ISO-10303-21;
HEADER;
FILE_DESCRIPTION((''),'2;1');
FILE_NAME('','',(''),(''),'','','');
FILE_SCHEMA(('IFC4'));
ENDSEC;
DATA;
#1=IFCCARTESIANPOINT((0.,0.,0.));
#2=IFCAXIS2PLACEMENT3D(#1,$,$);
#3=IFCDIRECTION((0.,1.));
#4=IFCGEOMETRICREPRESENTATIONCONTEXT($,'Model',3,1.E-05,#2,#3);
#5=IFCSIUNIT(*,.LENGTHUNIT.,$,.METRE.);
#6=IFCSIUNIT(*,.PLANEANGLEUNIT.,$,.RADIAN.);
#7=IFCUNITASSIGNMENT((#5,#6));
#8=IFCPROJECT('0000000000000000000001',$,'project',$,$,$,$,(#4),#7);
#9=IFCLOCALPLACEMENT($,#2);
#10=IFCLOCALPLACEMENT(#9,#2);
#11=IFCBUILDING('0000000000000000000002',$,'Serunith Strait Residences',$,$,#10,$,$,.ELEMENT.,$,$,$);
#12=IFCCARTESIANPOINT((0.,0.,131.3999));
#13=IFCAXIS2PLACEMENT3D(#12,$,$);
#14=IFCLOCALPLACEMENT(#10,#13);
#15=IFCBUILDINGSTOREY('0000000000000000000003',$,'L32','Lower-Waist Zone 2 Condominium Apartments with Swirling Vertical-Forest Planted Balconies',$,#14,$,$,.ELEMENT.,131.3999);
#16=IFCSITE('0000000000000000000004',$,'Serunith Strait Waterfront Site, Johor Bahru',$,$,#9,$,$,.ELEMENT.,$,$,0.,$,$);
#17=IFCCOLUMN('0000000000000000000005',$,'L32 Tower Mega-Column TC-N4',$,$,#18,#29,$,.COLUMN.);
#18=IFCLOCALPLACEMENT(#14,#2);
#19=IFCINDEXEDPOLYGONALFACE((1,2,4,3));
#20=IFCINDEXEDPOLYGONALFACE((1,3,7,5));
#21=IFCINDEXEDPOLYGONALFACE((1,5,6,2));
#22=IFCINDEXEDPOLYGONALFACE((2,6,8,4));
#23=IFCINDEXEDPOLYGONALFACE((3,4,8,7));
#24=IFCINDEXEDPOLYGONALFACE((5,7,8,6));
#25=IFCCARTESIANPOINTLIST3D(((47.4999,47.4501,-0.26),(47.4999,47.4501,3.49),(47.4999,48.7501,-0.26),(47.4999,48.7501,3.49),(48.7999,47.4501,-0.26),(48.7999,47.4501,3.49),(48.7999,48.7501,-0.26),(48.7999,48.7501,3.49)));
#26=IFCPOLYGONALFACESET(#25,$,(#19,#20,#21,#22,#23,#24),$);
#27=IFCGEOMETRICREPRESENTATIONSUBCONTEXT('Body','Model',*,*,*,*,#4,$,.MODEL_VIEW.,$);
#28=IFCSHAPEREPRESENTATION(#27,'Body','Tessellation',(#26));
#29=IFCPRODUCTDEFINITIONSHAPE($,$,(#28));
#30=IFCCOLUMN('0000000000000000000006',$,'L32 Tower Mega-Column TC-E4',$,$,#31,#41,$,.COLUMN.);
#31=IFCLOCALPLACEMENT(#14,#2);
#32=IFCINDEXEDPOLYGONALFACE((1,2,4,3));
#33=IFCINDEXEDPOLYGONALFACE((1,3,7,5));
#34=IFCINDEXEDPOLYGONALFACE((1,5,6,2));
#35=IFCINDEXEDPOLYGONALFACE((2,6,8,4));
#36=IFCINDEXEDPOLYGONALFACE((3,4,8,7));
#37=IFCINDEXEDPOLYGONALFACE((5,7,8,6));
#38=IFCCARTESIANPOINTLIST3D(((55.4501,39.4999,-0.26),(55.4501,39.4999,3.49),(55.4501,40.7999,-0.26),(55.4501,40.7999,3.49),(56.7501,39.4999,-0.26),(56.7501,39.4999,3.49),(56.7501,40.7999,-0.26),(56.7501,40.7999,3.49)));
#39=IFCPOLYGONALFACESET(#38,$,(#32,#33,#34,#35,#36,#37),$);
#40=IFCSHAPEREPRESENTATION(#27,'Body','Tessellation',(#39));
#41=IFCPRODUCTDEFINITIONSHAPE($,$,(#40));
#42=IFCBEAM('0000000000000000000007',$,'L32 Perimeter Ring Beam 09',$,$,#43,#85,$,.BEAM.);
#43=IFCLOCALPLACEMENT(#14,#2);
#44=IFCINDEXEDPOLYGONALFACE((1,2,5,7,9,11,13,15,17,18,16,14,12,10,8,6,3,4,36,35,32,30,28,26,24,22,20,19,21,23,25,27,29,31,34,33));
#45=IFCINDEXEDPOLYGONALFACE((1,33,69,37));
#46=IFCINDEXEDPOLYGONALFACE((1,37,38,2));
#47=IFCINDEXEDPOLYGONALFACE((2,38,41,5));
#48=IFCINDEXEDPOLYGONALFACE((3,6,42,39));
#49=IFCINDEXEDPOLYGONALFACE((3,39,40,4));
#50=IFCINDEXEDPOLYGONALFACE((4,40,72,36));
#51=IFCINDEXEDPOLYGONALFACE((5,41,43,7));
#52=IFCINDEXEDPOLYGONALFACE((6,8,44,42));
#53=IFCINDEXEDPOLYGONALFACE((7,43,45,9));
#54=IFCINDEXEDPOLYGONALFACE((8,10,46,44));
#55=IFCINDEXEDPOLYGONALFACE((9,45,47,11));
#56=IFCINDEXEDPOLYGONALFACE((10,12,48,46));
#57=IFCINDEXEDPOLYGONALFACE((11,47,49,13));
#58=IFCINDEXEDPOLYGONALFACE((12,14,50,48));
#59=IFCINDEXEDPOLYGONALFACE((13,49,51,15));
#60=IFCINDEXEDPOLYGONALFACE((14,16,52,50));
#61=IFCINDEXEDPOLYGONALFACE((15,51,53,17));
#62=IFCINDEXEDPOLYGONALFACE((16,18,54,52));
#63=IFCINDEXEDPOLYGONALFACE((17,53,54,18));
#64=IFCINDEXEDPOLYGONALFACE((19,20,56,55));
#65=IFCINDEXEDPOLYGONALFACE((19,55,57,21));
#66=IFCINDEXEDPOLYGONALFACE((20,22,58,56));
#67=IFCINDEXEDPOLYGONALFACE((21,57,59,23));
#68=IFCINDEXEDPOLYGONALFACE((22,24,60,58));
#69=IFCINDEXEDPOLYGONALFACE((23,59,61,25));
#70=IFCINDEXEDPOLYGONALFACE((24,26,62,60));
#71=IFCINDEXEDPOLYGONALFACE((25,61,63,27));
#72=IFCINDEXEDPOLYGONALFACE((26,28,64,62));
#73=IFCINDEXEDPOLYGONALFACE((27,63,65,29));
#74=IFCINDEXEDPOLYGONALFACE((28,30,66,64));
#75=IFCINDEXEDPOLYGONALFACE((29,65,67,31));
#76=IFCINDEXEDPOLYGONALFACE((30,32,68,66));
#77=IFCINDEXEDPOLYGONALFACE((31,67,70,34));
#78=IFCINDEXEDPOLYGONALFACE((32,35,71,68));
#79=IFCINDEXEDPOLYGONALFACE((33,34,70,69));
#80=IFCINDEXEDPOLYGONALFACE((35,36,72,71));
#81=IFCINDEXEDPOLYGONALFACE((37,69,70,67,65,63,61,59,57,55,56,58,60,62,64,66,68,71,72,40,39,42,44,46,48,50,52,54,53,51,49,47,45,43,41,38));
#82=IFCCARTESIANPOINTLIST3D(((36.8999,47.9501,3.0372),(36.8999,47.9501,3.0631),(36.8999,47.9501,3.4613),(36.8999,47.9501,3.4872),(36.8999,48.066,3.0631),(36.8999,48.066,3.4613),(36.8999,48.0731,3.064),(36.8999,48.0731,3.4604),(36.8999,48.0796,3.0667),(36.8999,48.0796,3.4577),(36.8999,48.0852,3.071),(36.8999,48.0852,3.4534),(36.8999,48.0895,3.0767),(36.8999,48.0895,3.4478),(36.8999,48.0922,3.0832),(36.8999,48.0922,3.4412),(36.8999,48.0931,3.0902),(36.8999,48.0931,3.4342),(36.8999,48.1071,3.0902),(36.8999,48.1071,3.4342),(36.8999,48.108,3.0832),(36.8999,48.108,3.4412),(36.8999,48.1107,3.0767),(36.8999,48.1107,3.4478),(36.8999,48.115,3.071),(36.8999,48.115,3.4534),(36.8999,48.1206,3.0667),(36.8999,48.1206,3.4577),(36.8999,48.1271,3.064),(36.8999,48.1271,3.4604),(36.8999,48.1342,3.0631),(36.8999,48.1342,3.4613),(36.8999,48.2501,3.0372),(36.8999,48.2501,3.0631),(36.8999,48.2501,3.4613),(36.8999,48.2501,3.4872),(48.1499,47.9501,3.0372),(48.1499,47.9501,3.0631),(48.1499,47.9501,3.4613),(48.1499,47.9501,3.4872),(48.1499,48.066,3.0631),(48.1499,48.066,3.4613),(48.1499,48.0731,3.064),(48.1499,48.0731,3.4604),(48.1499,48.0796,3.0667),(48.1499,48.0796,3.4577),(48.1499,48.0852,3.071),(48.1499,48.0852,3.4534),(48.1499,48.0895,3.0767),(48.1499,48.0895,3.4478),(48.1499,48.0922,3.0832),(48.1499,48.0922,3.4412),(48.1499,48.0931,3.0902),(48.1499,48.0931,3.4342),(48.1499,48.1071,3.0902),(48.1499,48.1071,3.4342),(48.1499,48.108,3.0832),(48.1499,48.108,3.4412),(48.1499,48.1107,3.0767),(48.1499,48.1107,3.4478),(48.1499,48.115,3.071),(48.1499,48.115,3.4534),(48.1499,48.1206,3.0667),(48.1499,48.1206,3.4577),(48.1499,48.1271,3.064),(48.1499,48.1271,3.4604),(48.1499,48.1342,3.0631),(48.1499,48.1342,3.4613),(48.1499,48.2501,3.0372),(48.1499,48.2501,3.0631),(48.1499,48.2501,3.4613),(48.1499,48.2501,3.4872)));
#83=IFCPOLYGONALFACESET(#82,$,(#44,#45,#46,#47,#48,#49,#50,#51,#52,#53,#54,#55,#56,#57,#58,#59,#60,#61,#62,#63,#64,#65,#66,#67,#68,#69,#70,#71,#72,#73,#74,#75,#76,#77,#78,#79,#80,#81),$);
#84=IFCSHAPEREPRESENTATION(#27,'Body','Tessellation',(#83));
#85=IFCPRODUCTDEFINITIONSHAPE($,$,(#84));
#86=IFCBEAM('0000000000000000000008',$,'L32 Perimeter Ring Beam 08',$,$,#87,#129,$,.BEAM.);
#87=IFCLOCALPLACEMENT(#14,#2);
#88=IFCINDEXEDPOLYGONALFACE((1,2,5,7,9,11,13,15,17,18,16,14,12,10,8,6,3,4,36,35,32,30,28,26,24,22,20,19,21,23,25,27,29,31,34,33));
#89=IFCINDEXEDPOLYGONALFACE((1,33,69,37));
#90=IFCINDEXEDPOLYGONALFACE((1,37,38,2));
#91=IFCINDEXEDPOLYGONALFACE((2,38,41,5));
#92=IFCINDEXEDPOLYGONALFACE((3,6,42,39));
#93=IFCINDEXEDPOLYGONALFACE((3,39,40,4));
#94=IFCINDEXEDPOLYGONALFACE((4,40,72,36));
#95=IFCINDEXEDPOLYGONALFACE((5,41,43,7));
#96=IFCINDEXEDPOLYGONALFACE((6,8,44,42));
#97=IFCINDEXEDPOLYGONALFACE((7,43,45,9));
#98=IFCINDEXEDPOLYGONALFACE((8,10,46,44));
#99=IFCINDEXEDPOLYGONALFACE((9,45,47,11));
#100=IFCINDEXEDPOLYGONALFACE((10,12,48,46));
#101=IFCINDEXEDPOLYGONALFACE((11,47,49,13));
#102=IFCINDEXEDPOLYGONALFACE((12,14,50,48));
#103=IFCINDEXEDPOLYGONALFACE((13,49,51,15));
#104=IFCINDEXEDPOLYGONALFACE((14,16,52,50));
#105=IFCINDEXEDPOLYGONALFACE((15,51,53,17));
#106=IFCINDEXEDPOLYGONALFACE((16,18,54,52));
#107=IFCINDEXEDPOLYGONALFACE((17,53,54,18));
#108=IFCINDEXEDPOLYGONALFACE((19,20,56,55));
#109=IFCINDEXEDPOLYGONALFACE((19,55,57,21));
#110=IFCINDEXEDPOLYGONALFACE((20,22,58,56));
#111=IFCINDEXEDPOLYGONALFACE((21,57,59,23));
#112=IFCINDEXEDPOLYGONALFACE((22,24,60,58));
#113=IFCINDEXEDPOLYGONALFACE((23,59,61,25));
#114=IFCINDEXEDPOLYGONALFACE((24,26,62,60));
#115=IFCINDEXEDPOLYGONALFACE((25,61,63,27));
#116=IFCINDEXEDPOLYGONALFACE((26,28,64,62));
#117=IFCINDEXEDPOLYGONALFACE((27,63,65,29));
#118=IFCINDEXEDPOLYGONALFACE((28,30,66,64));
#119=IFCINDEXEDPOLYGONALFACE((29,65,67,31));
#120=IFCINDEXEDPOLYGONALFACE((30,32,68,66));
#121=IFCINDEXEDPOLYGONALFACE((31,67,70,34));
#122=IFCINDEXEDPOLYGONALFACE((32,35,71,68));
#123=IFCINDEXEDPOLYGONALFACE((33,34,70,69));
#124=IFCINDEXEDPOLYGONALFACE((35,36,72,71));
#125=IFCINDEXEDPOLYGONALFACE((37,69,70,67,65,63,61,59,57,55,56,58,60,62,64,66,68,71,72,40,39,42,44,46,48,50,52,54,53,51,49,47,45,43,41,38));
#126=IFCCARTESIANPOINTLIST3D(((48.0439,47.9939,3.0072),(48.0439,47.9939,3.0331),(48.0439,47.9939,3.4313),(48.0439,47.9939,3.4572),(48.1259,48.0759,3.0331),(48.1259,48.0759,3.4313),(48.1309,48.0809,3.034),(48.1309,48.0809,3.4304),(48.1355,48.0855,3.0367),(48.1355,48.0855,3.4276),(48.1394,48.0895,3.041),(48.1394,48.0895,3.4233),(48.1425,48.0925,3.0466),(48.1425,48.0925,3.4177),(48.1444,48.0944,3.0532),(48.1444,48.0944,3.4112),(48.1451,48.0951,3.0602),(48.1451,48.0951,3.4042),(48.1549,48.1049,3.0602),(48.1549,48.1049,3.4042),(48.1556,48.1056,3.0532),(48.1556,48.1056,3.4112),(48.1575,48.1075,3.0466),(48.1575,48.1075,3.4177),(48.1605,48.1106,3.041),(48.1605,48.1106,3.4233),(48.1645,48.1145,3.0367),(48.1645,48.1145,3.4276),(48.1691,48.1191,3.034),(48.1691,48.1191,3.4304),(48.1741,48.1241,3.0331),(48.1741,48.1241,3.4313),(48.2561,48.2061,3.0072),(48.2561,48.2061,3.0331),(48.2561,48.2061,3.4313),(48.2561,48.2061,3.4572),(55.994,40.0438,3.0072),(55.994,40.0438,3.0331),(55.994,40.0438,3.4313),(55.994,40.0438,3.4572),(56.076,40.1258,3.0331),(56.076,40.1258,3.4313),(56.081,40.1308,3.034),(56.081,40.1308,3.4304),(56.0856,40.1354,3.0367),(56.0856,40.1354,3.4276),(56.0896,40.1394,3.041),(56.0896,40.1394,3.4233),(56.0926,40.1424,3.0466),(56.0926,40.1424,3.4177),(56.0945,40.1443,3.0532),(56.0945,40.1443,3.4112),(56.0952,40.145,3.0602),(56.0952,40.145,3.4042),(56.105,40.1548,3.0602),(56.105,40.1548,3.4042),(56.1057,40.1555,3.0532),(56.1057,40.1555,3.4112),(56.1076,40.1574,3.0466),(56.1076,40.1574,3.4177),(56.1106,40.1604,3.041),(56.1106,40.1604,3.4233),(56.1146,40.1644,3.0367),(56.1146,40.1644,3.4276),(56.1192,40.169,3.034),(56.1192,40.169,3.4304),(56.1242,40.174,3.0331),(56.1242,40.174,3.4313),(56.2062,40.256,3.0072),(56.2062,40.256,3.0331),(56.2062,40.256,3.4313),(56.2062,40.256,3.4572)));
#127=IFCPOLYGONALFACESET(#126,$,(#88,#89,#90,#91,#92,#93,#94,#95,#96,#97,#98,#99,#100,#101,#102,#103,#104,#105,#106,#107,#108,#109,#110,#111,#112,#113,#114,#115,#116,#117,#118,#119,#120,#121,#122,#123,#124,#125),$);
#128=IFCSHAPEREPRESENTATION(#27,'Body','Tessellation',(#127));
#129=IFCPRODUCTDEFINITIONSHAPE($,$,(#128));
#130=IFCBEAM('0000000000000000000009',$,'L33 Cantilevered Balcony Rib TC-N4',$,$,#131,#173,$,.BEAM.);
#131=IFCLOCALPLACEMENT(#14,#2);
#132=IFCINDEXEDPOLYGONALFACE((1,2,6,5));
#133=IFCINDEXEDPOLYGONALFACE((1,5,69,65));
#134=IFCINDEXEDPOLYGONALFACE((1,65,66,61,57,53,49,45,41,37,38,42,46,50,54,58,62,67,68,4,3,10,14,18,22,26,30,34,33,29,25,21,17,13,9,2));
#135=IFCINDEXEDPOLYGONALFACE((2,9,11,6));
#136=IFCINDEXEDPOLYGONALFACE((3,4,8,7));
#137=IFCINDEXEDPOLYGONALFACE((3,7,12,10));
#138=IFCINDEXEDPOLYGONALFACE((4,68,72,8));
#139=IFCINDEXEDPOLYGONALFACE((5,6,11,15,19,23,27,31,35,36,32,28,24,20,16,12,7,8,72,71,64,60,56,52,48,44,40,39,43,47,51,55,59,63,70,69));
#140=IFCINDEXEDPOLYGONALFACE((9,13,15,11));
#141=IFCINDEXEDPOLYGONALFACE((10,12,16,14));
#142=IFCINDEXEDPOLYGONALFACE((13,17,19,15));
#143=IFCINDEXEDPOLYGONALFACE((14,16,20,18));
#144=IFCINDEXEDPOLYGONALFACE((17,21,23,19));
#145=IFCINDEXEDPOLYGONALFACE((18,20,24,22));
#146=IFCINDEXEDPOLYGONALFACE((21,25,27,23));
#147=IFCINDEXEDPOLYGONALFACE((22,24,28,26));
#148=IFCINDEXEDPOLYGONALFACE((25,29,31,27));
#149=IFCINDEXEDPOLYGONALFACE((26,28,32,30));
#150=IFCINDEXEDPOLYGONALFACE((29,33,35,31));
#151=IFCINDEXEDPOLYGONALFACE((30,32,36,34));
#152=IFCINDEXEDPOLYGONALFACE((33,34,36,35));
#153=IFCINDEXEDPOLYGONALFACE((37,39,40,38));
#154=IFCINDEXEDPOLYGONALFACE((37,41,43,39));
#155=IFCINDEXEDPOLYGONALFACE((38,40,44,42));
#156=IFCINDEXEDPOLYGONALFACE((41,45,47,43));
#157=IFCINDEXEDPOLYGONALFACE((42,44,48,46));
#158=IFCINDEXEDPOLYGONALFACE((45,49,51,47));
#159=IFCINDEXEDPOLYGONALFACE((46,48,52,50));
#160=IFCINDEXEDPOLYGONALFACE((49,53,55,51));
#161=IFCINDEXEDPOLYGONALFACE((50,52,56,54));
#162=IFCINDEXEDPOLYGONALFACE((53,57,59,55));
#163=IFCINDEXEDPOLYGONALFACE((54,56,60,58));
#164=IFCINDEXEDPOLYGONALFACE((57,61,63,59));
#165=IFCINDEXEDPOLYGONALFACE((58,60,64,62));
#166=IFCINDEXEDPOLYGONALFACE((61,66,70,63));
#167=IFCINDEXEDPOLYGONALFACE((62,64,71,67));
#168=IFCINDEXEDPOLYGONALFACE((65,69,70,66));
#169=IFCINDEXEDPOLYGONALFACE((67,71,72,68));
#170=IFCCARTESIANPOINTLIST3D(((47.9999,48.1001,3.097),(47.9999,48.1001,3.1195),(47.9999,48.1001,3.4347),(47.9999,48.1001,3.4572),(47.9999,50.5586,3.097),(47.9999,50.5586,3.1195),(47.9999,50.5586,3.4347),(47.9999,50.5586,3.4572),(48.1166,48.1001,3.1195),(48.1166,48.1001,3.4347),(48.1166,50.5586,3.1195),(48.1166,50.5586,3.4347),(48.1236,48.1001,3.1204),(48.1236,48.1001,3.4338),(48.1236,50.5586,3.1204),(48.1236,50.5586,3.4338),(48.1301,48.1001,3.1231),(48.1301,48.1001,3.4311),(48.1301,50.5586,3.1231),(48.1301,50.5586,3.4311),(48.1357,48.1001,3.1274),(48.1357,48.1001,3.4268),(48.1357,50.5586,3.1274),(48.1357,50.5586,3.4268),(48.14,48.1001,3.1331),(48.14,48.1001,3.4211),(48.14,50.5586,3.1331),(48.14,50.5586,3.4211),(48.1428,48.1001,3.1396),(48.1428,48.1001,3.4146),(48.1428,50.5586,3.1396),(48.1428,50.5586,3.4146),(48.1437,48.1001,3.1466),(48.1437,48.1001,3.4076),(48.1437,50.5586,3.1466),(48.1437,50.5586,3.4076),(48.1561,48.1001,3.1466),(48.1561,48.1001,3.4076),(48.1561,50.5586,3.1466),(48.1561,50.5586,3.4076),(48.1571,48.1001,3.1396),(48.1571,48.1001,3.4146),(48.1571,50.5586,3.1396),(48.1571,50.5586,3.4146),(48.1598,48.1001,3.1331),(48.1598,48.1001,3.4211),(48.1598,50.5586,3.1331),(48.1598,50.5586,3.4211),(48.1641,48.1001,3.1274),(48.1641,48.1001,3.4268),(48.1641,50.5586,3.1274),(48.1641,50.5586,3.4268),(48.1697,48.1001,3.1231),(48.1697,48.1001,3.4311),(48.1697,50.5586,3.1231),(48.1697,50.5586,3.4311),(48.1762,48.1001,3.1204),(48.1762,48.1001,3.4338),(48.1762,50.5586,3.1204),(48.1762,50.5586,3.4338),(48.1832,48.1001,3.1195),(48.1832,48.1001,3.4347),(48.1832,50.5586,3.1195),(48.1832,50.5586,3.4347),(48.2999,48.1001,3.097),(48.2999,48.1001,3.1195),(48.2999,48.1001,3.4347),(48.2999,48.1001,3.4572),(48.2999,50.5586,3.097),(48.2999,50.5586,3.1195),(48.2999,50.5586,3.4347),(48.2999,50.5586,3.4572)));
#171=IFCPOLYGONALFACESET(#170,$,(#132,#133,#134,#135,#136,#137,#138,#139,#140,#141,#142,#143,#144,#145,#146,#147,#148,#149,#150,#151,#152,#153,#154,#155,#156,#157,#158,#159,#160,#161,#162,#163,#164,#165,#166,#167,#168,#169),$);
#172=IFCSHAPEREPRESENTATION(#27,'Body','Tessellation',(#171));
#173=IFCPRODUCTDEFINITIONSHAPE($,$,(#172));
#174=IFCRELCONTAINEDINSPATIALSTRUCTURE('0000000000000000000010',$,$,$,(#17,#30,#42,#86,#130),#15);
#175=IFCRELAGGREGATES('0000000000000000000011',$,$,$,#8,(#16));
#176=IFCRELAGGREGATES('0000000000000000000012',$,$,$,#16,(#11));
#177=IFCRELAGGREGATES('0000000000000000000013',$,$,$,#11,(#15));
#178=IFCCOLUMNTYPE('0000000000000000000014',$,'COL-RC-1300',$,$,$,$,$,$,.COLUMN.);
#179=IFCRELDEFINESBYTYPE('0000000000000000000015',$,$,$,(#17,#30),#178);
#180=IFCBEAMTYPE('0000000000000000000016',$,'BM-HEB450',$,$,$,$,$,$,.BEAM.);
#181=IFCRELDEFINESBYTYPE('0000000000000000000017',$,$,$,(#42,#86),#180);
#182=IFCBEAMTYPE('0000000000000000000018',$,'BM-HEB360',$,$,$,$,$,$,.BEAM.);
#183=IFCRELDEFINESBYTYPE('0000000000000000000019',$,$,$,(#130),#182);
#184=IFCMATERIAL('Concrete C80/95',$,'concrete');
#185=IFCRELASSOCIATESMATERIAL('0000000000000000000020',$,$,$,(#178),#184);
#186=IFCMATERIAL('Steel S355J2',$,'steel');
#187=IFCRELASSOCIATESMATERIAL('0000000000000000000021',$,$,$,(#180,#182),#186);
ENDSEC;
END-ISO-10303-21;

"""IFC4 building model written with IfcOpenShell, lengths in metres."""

from ifc_helpers import new_model, si_unit, direction, frame, origin, origin_2d, place, context, subcontext, project, spatial, rectangle, i_section, extrude, source, transform, mapped, material, material_profile, profile_set, type_object, element, save


model = new_model("IFC4")

# Units and contexts
model_context = context("Model", 3, precision=1e-05, world=origin(), true_north=direction((0.0, 1.0)))
body_context = subcontext(model_context, "Body", "Model", "MODEL_VIEW")
ifc_project = project(units=[si_unit("LENGTHUNIT", "METRE"), si_unit("PLANEANGLEUNIT", "RADIAN")], contexts=[model_context])

# Site, building, storey
site_placement = place(None, origin())
site = spatial("IfcSite", under=ifc_project, at=site_placement, Name="Serunith Strait Waterfront Site, Johor Bahru", CompositionType="ELEMENT", RefElevation=0.0)
building_placement = place(site_placement, origin())
building = spatial("IfcBuilding", under=site, at=building_placement, Name="Serunith Strait Residences", CompositionType="ELEMENT")
storey_placement = place(building_placement, frame((0.0, 0.0, 131.3999)))
storey = spatial("IfcBuildingStorey", under=building, at=storey_placement, Name="L32", Description="Lower-Waist Zone 2 Condominium Apartments with Swirling Vertical-Forest Planted Balconies", CompositionType="ELEMENT", Elevation=131.3999)

# Columns
ifc_material_1 = material(Name="Concrete C80/95", Category="concrete")
ifc_material_profile_1 = material_profile(ifc_material_1, rectangle(XDim=1.3, YDim=1.3, at=origin_2d()), Name="RC 1300x1300")
ifc_profile_set_1 = profile_set([ifc_material_profile_1], Name="Concrete C80/95")
column_type = type_object("IfcColumnType", Name="COL-RC-1300", PredefinedType="COLUMN", material=ifc_profile_set_1)
shared_shape_1 = source(origin(), body_context, "Body", "SweptSolid", [
    extrude(rectangle(XDim=1.3, YDim=1.3, at=origin_2d()), origin(), (0.0, 0.0, 1.0), 3.75),
])
for number, where, z_axis, x_axis, name in (
    (1, (48.1499, 48.1001, -0.26), (0.0, 0.0, 1.0), (1.0, 0.0, 0.0), "L32 Tower Mega-Column TC-N4"),
    (2, (56.1001, 40.1499, -0.26), (0.0, 0.0, 1.0), (1.0, 0.0, 0.0), "L32 Tower Mega-Column TC-E4"),
):
    element("IfcColumn", number, at=place(storey_placement, frame(where, z_axis=z_axis, x_axis=x_axis)), inside=storey, type_object=column_type, Name=name, PredefinedType="COLUMN", context=body_context, shape_type="MappedRepresentation", body=[
        mapped(shared_shape_1, transform((0.0, 0.0, 0.0), scale=1.0)),
    ])

# Beams
ifc_material_2 = material(Name="Steel S355J2", Category="steel")
ifc_material_profile_2 = material_profile(ifc_material_2, i_section(OverallWidth=0.3, OverallDepth=0.45, WebThickness=0.0139, FlangeThickness=0.0259, FilletRadius=0.0271, at=origin_2d()), Name="HEB 450")
ifc_profile_set_2 = profile_set([ifc_material_profile_2], Name="Steel S355J2")
beam_type_1 = type_object("IfcBeamType", Name="BM-HEB450", PredefinedType="BEAM", material=ifc_profile_set_2)
shared_shape_2 = source(origin(), body_context, "Body", "SweptSolid", [
    extrude(i_section(OverallWidth=0.3, OverallDepth=0.45, WebThickness=0.0139, FlangeThickness=0.0259, FilletRadius=0.0271, at=origin_2d()), origin(), (0.0, 0.0, 1.0), 11.25),
])
beam_1_placement = place(storey_placement, frame((48.1499, 48.1001, 3.2622), z_axis=(-1.0, 0.0, 0.0), x_axis=(0.0, -1.0, 0.0)))
element("IfcBeam", 3, at=beam_1_placement, inside=storey, type_object=beam_type_1, Name="L32 Perimeter Ring Beam 09", PredefinedType="BEAM", context=body_context, shape_type="MappedRepresentation", body=[
    mapped(shared_shape_2, transform((0.0, 0.0, 0.0), scale=1.0)),
])
shared_shape_3 = source(origin(), body_context, "Body", "SweptSolid", [
    extrude(i_section(OverallWidth=0.3, OverallDepth=0.45, WebThickness=0.0139, FlangeThickness=0.0259, FilletRadius=0.0271, at=origin_2d()), origin(), (0.0, 0.0, 1.0), 11.2432),
])
beam_2_placement = place(storey_placement, frame((56.1001, 40.1499, 3.2322), z_axis=(-0.707107, 0.707107, 0.0), x_axis=(-0.707107, -0.707107, 0.0)))
element("IfcBeam", 4, at=beam_2_placement, inside=storey, type_object=beam_type_1, Name="L32 Perimeter Ring Beam 08", PredefinedType="BEAM", context=body_context, shape_type="MappedRepresentation", body=[
    mapped(shared_shape_3, transform((0.0, 0.0, 0.0), scale=1.0)),
])
ifc_material_profile_3 = material_profile(ifc_material_2, i_section(OverallWidth=0.3, OverallDepth=0.3601, WebThickness=0.0125, FlangeThickness=0.0225, FilletRadius=0.0271, at=origin_2d()), Name="HEB 360")
ifc_profile_set_3 = profile_set([ifc_material_profile_3], Name="Steel S355J2")
beam_type_2 = type_object("IfcBeamType", Name="BM-HEB360", PredefinedType="BEAM", material=ifc_profile_set_3)
shared_shape_4 = source(origin(), body_context, "Body", "SweptSolid", [
    extrude(i_section(OverallWidth=0.3, OverallDepth=0.3601, WebThickness=0.0125, FlangeThickness=0.0225, FilletRadius=0.0271, at=origin_2d()), origin(), (0.0, 0.0, 1.0), 2.4585),
])
beam_3_placement = place(storey_placement, frame((48.1499, 48.1001, 3.2771), z_axis=(0.0, 1.0, 0.0), x_axis=(-1.0, 0.0, 0.0)))
element("IfcBeam", 5, at=beam_3_placement, inside=storey, type_object=beam_type_2, Name="L33 Cantilevered Balcony Rib TC-N4", PredefinedType="BEAM", context=body_context, shape_type="MappedRepresentation", body=[
    mapped(shared_shape_4, transform((0.0, 0.0, 0.0), scale=1.0)),
])

save(model, "model.ifc")
